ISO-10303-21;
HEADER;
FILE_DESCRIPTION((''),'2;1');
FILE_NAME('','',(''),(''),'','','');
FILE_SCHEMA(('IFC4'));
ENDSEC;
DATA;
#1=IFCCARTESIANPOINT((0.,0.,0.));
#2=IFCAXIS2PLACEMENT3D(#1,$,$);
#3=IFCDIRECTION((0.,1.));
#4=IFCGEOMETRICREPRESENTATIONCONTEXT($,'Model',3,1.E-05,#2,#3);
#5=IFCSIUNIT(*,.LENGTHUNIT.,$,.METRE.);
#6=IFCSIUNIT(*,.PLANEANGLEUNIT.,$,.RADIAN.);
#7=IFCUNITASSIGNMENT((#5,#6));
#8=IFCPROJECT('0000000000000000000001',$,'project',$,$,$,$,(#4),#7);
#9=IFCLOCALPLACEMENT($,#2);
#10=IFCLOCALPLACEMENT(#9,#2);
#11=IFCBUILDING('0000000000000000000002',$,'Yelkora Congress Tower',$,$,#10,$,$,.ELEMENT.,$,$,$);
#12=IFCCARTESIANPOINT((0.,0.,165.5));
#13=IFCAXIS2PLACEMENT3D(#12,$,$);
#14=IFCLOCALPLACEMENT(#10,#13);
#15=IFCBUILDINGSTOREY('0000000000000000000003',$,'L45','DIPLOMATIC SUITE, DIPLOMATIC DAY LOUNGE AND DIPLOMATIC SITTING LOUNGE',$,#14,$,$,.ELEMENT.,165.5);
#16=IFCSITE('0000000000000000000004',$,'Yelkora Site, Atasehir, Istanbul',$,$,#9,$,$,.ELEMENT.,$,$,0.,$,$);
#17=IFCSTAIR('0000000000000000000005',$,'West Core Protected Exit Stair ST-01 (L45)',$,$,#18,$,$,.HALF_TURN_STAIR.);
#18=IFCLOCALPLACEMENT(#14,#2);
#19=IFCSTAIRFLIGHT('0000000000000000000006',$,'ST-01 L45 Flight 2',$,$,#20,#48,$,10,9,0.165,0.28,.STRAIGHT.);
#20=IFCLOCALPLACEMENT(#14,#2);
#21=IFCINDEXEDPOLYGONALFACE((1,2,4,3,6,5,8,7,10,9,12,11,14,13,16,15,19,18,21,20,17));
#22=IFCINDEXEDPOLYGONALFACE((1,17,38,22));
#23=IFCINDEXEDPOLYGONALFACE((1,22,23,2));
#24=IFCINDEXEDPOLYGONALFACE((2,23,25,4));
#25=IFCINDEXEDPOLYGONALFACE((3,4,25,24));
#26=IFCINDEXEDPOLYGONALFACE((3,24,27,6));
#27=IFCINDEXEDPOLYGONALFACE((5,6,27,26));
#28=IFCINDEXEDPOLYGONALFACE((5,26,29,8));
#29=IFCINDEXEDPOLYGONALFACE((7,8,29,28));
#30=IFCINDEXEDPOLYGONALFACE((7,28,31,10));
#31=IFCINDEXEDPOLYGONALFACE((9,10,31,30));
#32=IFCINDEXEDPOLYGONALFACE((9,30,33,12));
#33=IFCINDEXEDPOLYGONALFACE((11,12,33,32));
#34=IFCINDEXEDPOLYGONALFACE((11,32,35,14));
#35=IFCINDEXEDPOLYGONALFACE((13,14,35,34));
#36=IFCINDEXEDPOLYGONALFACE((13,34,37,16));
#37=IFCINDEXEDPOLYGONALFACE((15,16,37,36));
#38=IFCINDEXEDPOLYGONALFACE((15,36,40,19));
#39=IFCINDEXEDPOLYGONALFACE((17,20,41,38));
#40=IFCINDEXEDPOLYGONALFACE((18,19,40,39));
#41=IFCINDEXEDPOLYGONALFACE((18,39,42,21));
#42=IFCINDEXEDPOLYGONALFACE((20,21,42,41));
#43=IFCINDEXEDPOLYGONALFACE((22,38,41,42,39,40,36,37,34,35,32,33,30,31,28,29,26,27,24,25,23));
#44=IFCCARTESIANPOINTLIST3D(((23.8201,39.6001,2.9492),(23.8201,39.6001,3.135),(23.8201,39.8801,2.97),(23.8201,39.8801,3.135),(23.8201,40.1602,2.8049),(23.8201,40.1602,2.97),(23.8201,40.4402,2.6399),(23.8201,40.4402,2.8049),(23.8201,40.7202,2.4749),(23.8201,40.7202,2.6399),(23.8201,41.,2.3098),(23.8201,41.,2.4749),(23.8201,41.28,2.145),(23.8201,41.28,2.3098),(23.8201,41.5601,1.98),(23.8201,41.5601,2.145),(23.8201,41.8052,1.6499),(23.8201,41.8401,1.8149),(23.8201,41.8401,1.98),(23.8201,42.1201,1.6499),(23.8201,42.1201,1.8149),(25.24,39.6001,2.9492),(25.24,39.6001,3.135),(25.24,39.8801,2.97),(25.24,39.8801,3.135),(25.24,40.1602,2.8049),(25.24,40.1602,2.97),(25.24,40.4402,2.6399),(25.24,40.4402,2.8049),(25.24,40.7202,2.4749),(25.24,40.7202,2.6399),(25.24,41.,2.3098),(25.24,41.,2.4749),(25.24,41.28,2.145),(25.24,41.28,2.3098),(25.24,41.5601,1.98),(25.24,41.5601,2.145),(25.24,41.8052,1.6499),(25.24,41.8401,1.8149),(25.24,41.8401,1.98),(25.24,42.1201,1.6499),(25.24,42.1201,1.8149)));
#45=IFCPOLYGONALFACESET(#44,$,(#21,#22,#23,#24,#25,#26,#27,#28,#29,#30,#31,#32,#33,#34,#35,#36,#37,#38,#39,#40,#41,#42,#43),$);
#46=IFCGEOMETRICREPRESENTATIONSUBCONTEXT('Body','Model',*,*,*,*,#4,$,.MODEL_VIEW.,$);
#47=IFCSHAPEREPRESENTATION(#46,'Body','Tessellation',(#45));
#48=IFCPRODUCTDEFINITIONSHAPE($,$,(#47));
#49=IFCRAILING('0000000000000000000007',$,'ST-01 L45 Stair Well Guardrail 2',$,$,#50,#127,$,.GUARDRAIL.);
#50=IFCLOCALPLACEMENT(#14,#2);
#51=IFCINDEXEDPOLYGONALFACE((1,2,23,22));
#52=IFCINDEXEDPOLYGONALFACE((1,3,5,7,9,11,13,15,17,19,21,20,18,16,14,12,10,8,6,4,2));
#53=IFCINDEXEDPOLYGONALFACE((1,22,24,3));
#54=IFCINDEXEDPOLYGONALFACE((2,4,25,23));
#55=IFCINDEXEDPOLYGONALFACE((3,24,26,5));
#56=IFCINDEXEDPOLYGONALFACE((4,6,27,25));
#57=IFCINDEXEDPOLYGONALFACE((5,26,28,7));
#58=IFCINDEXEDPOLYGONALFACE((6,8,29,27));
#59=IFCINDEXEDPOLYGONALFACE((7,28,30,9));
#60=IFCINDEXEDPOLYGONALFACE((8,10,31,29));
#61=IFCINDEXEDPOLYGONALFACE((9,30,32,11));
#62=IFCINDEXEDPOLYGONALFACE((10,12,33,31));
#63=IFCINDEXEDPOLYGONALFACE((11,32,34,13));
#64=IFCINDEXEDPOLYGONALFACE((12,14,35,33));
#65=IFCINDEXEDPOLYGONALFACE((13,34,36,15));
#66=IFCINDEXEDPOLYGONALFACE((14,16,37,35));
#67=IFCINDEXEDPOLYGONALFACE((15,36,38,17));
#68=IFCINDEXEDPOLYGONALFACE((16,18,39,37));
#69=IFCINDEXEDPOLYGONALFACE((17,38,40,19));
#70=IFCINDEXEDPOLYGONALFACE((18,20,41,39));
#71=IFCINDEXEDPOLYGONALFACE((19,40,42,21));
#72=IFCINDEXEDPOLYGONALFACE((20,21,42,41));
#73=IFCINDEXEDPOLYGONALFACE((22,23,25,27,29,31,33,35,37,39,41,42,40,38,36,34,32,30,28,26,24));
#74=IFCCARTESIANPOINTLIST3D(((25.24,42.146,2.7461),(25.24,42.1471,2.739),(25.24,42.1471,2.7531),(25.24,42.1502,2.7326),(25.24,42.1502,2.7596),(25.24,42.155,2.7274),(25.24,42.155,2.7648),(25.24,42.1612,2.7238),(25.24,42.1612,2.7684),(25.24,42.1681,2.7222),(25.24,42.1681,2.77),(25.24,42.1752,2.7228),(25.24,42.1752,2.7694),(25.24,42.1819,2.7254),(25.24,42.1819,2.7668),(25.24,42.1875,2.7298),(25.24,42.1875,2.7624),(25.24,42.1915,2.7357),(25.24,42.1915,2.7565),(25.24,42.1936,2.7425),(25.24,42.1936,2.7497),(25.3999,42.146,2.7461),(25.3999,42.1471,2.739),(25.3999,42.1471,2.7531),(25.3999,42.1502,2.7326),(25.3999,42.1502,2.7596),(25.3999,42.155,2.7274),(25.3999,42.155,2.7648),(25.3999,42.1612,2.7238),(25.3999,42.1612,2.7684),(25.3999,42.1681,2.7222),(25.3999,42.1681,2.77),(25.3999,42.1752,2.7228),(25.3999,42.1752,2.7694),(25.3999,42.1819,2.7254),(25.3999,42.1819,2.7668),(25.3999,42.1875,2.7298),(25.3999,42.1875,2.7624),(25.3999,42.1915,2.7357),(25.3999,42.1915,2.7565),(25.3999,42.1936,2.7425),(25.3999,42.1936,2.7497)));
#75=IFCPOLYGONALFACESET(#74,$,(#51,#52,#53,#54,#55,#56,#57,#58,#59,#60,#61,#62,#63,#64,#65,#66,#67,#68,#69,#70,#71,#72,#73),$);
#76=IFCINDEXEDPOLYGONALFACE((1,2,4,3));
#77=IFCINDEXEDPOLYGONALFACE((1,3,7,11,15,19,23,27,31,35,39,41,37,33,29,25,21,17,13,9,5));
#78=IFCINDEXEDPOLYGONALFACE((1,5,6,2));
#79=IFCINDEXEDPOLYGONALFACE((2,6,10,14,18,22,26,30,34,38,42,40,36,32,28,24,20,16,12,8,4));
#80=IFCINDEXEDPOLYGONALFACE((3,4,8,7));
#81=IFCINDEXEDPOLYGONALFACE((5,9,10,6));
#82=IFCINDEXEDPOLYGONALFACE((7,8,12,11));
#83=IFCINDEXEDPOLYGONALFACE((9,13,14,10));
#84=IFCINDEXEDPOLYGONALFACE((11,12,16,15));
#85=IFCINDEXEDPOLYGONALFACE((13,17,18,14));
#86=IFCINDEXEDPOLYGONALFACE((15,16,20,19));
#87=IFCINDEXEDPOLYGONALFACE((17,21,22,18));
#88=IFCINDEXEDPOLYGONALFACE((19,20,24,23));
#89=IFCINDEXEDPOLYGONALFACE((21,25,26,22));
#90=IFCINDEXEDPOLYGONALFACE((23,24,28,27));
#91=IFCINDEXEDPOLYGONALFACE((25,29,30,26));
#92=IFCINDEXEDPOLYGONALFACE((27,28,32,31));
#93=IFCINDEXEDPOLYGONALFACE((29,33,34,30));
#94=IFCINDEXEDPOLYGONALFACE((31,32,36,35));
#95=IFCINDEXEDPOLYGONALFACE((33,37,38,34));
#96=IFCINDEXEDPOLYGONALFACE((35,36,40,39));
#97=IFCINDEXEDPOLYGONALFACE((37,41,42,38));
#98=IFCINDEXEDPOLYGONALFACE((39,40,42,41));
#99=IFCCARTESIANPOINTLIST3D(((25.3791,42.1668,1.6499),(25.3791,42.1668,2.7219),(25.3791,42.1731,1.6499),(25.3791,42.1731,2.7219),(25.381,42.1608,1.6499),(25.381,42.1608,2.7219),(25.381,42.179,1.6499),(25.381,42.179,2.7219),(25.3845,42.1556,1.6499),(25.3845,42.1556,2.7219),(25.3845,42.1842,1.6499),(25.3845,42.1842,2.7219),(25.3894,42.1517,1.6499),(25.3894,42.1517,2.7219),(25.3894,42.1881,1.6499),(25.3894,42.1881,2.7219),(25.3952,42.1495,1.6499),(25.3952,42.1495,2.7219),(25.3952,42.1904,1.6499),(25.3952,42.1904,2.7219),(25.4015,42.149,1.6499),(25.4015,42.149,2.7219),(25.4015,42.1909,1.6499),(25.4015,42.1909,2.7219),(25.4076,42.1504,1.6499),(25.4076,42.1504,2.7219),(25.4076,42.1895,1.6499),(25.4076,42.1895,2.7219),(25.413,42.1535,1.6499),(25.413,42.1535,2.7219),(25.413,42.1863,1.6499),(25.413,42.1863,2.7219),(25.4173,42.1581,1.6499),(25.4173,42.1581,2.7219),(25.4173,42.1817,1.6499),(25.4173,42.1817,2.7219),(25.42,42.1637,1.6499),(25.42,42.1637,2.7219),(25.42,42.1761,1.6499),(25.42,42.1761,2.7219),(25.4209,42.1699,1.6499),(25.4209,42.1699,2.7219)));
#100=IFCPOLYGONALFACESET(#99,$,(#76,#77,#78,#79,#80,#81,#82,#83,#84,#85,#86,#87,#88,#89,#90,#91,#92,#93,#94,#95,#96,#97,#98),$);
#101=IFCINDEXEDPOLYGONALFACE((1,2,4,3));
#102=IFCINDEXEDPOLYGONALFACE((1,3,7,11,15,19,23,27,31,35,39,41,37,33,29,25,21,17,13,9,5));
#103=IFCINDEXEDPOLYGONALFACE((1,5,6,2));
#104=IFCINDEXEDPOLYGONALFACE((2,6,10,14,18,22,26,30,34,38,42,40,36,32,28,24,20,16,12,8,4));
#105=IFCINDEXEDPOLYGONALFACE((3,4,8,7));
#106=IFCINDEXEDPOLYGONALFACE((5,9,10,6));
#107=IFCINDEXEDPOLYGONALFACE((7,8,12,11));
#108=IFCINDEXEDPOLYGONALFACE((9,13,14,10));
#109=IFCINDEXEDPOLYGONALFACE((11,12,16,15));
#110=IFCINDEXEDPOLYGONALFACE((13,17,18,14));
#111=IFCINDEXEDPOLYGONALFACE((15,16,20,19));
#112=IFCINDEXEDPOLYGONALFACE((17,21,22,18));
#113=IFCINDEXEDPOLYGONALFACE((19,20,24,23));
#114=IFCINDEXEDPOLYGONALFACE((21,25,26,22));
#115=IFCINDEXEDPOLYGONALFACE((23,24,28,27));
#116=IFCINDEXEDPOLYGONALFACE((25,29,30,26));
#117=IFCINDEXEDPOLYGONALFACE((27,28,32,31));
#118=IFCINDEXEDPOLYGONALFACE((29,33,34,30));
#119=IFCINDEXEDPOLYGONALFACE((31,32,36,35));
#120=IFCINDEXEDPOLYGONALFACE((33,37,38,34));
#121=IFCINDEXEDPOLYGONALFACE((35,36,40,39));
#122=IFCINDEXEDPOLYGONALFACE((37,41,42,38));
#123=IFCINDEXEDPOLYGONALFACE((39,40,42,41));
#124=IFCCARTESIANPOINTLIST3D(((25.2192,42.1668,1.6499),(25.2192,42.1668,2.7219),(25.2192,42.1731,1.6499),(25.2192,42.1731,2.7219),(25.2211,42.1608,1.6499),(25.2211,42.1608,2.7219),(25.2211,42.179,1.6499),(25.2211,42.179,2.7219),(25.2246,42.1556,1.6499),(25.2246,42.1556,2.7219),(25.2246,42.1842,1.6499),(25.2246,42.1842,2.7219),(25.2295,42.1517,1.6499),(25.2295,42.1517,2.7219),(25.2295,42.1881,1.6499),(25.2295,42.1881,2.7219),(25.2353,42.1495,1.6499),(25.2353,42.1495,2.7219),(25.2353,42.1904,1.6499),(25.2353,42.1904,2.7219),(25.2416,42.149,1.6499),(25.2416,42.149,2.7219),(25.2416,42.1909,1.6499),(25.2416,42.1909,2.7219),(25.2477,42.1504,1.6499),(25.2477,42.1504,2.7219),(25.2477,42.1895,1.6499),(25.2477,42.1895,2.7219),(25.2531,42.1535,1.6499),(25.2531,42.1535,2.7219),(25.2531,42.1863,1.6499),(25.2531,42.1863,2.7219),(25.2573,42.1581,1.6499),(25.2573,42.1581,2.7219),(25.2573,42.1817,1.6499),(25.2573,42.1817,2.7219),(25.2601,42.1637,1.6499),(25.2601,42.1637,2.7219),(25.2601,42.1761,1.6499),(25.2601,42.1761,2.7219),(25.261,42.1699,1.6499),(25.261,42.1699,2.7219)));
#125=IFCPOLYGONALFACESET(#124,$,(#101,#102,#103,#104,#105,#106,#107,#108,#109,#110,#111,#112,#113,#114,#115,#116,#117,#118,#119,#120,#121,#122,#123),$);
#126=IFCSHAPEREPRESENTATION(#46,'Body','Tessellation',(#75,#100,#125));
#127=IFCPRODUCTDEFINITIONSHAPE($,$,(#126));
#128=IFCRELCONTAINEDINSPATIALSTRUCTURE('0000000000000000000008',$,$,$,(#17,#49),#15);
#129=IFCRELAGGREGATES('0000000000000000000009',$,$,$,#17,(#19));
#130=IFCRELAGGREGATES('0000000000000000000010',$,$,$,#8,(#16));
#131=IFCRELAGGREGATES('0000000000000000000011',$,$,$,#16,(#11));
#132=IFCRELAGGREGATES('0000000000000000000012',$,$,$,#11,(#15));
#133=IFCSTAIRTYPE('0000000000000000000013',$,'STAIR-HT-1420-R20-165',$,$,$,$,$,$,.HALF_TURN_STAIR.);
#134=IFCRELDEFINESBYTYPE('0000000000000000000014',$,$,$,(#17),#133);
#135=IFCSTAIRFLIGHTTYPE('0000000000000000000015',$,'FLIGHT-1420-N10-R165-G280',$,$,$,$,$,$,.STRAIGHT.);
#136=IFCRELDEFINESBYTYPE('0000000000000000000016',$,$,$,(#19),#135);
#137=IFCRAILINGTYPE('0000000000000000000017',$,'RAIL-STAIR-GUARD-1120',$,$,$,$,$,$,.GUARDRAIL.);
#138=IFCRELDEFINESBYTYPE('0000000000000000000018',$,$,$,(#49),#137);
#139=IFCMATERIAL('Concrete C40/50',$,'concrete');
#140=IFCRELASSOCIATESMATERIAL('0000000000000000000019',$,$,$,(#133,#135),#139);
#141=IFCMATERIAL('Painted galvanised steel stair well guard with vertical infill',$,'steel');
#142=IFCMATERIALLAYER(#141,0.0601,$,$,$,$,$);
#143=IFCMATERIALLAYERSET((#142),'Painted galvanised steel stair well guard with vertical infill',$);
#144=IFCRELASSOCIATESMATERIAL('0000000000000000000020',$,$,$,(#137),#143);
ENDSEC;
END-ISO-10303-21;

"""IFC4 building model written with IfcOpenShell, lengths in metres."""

from ifc_helpers import new_model, si_unit, direction, frame, origin, origin_2d, place, context, subcontext, project, spatial, polyline, circle, outline, extrude, material, layer, layer_set, type_object, element, aggregate, save


model = new_model("IFC4")

# Units and contexts
model_context = context("Model", 3, precision=1e-05, world=origin(), true_north=direction((0.0, 1.0)))
body_context = subcontext(model_context, "Body", "Model", "MODEL_VIEW")
ifc_project = project(units=[si_unit("LENGTHUNIT", "METRE"), si_unit("PLANEANGLEUNIT", "RADIAN")], contexts=[model_context])

# Site, building, storey
site_placement = place(None, origin())
site = spatial("IfcSite", under=ifc_project, at=site_placement, Name="Yelkora Site, Atasehir, Istanbul", CompositionType="ELEMENT", RefElevation=0.0)
building_placement = place(site_placement, origin())
building = spatial("IfcBuilding", under=site, at=building_placement, Name="Yelkora Congress Tower", CompositionType="ELEMENT")
storey_placement = place(building_placement, frame((0.0, 0.0, 165.5)))
storey = spatial("IfcBuildingStorey", under=building, at=storey_placement, Name="L45", Description="DIPLOMATIC SUITE, DIPLOMATIC DAY LOUNGE AND DIPLOMATIC SITTING LOUNGE", CompositionType="ELEMENT", Elevation=165.5)

# Stair, stair flight
ifc_material_1 = material(Name="Concrete C40/50", Category="concrete")
stair_type = type_object("IfcStairType", Name="STAIR-HT-1420-R20-165", PredefinedType="HALF_TURN_STAIR", material=ifc_material_1)
stair_placement = place(storey_placement, origin())
stair = element("IfcStair", 1, at=stair_placement, inside=storey, type_object=stair_type, Name="West Core Protected Exit Stair ST-01 (L45)", PredefinedType="HALF_TURN_STAIR")
stair_flight_type = type_object("IfcStairFlightType", Name="FLIGHT-1420-N10-R165-G280", PredefinedType="STRAIGHT", material=ifc_material_1)
stair_flight_placement = place(storey_placement, frame((24.53, 42.1201, 1.6499), z_axis=(0.0, 0.0, 1.0), x_axis=(0.0, -1.0, 0.0)))
stair_flight = element("IfcStairFlight", 2, at=stair_flight_placement, type_object=stair_flight_type, Name="ST-01 L45 Flight 2", NumberOfRisers=10, NumberOfTreads=9, PredefinedType="STRAIGHT", RiserHeight=0.165, TreadLength=0.28, context=body_context, shape_type="SweptSolid", body=[
    extrude(outline(polyline([(0.0, 0.0), (0.0, 0.165), (0.28, 0.165), (0.28, 0.3301), (0.5601, 0.3301), (0.5601, 0.4951), (0.8401, 0.4951), (0.8401, 0.6599), (1.1201, 0.6599), (1.1201, 0.825), (1.3999, 0.825), (1.3999, 0.99), (1.6799, 0.99), (1.6799, 1.155), (1.96, 1.155), (1.96, 1.3201), (2.24, 1.3201), (2.24, 1.4851), (2.52, 1.4851), (2.52, 1.6499), (2.52, 1.2993), (0.3149, 0.0), (0.0, 0.0)])), frame((0.0, 0.71, 0.0), z_axis=(0.0, -1.0, 0.0), x_axis=(1.0, 0.0, 0.0)), (0.0, 0.0, 1.0), 1.4199),
])
aggregate(stair, [stair_flight])

# Railing
ifc_material_2 = material(Name="Painted galvanised steel stair well guard with vertical infill", Category="steel")
ifc_layer_1 = layer(ifc_material_2, 0.0601)
ifc_layer_set_1 = layer_set([ifc_layer_1], Name="Painted galvanised steel stair well guard with vertical infill")
railing_type = type_object("IfcRailingType", Name="RAIL-STAIR-GUARD-1120", PredefinedType="GUARDRAIL", material=ifc_layer_set_1)
railing_1_placement = place(storey_placement, frame((25.3999, 42.1699, 1.6499)))
element("IfcRailing", 3, at=railing_1_placement, inside=storey, type_object=railing_type, Name="ST-01 L45 Stair Well Guardrail 2", PredefinedType="GUARDRAIL", context=body_context, shape_type="SweptSolid", body=[
    extrude(circle(Radius=0.0239, at=origin_2d()), frame((0.0, 0.0, 1.0962), z_axis=(-1.0, 0.0, 0.0), x_axis=(0.0, -1.0, 0.0)), (0.0, 0.0, 1.0), 0.1599),
    extrude(circle(Radius=0.021, at=origin_2d()), origin(), (0.0, 0.0, 1.0), 1.072),
    extrude(circle(Radius=0.021, at=origin_2d()), frame((-0.1599, 0.0, 0.0)), (0.0, 0.0, 1.0), 1.072),
])

save(model, "model.ifc")
